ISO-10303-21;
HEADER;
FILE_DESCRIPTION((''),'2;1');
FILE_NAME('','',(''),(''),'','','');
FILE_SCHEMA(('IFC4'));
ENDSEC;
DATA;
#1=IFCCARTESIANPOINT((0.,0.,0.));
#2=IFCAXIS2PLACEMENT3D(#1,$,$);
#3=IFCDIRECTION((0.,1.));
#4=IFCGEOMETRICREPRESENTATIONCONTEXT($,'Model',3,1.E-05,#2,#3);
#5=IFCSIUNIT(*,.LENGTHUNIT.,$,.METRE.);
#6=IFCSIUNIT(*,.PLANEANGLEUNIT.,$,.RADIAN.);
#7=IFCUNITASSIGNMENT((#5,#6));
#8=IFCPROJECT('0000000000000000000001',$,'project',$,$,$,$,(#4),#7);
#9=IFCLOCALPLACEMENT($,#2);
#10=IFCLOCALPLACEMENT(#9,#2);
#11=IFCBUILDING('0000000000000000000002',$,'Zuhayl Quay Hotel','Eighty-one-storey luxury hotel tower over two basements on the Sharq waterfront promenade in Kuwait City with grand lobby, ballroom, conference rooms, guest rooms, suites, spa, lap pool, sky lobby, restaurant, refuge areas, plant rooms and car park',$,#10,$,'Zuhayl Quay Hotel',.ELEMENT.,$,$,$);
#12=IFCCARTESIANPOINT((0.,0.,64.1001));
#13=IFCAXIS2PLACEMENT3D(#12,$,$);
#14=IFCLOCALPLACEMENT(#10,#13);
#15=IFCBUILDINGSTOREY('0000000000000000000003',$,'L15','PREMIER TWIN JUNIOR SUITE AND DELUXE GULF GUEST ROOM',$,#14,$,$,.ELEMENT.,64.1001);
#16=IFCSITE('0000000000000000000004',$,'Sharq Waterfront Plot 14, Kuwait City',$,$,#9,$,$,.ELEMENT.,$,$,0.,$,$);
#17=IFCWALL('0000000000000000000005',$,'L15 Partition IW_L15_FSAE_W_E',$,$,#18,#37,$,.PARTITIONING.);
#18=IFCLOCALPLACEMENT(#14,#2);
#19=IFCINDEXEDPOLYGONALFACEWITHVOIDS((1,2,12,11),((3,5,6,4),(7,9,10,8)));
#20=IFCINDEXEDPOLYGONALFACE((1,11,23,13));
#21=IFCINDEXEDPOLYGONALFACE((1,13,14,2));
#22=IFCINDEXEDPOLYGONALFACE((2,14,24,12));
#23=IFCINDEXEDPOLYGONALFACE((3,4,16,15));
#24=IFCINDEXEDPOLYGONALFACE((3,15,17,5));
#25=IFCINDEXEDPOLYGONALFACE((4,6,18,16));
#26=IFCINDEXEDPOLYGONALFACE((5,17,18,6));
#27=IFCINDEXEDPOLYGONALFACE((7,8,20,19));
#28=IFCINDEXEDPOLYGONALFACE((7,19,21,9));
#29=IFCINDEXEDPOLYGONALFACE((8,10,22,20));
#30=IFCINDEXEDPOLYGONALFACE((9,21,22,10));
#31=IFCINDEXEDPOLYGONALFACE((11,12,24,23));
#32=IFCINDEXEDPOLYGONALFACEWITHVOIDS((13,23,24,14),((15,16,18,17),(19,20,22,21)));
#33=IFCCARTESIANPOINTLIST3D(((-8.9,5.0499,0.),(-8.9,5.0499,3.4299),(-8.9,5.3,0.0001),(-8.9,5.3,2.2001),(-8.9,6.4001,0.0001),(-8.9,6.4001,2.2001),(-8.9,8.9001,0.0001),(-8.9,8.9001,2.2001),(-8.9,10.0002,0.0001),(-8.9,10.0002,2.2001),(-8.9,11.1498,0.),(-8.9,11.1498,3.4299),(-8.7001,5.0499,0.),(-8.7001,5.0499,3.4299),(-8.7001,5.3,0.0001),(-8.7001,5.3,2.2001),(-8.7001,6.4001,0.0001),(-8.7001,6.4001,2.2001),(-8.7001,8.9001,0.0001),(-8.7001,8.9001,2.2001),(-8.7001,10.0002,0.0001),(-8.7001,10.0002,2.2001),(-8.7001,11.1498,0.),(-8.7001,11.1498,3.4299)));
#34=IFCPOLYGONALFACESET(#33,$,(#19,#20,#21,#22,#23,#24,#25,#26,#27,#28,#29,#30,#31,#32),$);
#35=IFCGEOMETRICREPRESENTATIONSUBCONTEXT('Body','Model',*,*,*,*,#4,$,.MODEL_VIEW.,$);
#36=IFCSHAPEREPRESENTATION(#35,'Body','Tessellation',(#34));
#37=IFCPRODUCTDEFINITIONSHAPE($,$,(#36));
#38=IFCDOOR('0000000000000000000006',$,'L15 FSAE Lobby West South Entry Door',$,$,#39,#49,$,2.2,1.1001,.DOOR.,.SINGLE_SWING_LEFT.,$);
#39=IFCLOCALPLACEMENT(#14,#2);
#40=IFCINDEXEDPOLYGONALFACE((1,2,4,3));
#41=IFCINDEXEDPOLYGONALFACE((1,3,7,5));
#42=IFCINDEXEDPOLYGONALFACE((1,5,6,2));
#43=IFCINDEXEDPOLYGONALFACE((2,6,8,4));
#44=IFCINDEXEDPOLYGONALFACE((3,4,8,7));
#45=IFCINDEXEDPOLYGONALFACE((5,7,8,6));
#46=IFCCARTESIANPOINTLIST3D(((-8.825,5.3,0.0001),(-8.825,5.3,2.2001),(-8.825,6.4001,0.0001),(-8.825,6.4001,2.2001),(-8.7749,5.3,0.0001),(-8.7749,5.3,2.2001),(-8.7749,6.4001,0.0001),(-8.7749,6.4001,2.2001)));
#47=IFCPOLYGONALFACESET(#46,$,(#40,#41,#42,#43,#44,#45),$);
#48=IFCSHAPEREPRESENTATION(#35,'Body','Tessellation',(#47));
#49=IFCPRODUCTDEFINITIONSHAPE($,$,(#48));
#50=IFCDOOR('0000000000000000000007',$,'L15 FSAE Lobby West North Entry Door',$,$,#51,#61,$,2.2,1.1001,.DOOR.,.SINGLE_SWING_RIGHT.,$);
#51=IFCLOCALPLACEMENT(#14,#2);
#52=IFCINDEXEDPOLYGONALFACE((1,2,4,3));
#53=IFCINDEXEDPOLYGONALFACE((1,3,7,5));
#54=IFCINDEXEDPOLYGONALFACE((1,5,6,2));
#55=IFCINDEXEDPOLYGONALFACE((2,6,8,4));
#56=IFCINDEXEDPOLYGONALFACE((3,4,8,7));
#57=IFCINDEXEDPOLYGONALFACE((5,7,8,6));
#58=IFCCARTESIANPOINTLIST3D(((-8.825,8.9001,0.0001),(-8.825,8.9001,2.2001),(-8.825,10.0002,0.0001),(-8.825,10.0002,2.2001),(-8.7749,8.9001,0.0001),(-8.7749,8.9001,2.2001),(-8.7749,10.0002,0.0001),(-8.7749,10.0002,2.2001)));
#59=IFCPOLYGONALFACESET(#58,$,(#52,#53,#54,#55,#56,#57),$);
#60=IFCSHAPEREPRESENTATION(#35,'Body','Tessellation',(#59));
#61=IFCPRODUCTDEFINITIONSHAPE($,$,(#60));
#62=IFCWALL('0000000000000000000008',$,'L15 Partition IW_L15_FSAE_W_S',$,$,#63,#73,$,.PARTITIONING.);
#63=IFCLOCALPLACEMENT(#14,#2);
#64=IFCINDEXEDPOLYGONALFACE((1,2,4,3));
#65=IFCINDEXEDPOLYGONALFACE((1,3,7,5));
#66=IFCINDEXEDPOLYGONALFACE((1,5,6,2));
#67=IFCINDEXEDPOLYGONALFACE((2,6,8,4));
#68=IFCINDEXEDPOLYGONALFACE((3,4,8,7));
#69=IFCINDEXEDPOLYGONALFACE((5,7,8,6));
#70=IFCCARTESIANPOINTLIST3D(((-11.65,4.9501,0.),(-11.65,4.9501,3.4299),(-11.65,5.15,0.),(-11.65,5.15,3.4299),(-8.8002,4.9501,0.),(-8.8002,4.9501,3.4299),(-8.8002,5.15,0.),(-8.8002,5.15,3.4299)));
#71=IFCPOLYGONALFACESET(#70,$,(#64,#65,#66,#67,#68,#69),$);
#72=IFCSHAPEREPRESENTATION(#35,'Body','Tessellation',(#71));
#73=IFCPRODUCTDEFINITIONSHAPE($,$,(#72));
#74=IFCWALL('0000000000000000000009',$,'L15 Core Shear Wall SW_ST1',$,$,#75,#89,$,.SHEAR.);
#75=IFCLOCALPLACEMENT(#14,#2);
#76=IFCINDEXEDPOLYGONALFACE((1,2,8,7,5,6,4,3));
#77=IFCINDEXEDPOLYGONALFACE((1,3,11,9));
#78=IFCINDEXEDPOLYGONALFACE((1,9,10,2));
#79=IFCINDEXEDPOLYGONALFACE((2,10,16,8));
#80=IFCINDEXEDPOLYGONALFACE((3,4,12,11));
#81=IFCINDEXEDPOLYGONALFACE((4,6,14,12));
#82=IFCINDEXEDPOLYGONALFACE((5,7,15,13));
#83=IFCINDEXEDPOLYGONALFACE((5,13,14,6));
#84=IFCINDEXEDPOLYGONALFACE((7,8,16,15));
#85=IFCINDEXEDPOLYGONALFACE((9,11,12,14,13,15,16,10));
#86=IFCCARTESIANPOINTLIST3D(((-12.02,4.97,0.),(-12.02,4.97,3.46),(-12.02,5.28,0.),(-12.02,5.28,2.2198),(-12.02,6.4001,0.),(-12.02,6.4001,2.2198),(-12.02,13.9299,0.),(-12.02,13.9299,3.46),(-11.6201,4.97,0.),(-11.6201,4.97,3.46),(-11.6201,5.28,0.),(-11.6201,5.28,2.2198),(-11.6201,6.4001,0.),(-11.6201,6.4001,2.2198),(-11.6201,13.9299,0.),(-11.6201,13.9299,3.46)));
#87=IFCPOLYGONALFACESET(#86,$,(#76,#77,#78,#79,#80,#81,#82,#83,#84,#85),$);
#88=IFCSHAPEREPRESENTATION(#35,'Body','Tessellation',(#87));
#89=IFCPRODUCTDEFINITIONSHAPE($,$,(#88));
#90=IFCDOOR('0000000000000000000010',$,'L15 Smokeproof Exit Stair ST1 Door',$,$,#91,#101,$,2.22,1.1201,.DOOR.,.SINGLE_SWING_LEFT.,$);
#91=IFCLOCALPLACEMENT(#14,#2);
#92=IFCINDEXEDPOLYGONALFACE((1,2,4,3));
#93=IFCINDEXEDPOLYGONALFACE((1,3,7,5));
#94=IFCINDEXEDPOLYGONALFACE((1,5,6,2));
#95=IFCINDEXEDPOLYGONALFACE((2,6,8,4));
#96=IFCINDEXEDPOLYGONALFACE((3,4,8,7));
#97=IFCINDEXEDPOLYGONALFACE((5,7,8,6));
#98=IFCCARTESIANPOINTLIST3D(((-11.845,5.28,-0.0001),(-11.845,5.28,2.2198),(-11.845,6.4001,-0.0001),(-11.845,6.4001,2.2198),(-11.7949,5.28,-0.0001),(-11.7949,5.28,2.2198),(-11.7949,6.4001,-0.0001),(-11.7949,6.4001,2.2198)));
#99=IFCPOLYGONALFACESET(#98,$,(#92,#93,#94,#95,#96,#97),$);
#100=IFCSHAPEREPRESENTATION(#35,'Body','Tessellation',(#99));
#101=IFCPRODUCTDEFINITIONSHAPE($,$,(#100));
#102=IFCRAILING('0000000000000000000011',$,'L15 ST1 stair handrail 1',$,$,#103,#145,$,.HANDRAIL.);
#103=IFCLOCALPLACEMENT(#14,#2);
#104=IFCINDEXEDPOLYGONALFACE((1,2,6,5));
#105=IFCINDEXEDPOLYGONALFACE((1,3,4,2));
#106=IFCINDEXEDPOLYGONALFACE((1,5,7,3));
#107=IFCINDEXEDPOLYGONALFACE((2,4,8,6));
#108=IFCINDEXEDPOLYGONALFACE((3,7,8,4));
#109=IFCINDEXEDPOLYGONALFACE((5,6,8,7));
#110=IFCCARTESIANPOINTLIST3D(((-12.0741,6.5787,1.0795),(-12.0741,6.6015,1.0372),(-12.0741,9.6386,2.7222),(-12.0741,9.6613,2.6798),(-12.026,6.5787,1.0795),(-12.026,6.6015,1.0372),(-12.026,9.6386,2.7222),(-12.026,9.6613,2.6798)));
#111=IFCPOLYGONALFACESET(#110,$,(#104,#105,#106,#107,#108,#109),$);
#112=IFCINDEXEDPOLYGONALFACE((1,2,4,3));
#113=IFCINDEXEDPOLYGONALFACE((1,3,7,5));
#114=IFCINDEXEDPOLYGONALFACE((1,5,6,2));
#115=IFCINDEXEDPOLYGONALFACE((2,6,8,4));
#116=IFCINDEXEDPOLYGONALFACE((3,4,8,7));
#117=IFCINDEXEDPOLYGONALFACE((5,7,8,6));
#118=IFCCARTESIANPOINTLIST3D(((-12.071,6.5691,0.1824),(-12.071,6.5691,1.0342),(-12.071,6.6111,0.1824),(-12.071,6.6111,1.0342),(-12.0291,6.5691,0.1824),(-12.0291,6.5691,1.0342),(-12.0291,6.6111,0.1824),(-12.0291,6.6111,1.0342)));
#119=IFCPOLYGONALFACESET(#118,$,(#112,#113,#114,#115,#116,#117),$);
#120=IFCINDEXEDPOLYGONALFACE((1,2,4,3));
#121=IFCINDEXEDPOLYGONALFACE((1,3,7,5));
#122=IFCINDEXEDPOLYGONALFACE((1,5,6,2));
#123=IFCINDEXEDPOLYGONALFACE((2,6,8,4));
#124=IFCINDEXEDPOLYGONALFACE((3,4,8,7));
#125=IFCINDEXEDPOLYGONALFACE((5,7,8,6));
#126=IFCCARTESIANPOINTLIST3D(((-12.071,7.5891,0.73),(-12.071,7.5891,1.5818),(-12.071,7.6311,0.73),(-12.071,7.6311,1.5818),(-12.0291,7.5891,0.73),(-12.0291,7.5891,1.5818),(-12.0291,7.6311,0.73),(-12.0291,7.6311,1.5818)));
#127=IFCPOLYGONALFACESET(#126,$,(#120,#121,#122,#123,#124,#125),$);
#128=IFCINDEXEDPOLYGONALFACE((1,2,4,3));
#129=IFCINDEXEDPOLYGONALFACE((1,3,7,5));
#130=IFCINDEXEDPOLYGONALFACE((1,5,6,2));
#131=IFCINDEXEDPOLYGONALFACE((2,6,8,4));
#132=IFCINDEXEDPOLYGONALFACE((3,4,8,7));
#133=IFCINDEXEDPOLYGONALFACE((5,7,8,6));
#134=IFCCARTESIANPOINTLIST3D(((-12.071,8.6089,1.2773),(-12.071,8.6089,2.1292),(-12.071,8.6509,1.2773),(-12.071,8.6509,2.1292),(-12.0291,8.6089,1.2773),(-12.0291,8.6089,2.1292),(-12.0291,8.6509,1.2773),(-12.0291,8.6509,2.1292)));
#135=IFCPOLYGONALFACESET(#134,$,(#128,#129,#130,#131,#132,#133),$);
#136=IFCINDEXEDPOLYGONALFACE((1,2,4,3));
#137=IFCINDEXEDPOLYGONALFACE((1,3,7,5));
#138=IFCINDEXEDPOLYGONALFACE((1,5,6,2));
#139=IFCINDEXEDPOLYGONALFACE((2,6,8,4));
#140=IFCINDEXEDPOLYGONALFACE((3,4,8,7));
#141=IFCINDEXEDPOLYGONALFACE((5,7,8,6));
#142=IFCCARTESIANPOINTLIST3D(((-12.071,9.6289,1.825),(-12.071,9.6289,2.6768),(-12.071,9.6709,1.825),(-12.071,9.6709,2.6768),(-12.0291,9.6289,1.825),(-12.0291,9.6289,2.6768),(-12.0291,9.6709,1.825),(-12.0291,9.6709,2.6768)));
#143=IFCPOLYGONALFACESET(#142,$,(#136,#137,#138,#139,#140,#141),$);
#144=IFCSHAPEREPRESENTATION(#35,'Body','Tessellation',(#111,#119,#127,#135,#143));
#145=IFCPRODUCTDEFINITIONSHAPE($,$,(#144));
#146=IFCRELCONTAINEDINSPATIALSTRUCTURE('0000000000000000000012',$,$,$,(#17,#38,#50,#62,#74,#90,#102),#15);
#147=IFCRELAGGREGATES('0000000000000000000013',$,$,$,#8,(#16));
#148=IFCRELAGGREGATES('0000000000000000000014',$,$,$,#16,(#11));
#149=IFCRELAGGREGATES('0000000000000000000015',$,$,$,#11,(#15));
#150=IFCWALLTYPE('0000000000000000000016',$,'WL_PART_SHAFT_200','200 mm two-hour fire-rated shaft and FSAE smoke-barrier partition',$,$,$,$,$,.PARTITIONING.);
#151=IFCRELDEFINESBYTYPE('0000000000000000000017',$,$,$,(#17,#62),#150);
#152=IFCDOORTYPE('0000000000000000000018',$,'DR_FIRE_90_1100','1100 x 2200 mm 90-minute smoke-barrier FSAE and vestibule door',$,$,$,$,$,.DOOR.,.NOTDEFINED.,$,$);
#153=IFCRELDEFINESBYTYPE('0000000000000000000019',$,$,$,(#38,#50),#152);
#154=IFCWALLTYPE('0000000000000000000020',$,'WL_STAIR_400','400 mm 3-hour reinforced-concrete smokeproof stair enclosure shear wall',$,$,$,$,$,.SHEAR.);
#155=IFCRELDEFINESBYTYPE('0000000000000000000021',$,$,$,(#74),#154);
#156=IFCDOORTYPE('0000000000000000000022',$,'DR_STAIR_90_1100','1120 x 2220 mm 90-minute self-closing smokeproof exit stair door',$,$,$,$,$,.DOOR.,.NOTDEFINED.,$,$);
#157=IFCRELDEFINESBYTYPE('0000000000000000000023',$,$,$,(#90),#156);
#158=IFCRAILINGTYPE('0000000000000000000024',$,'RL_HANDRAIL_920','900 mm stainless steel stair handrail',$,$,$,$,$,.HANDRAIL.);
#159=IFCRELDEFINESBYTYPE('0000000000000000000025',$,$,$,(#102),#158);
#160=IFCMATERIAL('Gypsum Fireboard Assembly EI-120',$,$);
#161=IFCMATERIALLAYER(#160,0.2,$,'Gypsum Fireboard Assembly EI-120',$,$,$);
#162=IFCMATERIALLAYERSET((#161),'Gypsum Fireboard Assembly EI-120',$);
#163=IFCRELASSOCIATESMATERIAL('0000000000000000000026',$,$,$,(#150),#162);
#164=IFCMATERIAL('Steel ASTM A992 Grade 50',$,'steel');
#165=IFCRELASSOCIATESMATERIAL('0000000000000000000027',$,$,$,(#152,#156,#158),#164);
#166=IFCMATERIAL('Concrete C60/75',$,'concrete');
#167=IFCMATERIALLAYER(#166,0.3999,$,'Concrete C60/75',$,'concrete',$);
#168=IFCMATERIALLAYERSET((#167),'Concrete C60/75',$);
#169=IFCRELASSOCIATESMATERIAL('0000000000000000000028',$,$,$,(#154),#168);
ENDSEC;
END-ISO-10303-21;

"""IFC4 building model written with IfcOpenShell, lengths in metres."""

from ifc_helpers import new_model, si_unit, direction, frame, frame_2d, origin, origin_2d, place, context, subcontext, project, spatial, rectangle, extrude, material, layer, layer_set, type_object, element, fill, save


model = new_model("IFC4")

# Units and contexts
model_context = context("Model", 3, precision=1e-05, world=origin(), true_north=direction((0.0, 1.0)))
body_context = subcontext(model_context, "Body", "Model", "MODEL_VIEW")
ifc_project = project(units=[si_unit("LENGTHUNIT", "METRE"), si_unit("PLANEANGLEUNIT", "RADIAN")], contexts=[model_context])

# Site, building, storey
site_placement = place(None, origin())
site = spatial("IfcSite", under=ifc_project, at=site_placement, Name="Sharq Waterfront Plot 14, Kuwait City", CompositionType="ELEMENT", RefElevation=0.0)
building_placement = place(site_placement, origin())
building = spatial("IfcBuilding", under=site, at=building_placement, Name="Zuhayl Quay Hotel", Description="Eighty-one-storey luxury hotel tower over two basements on the Sharq waterfront promenade in Kuwait City with grand lobby, ballroom, conference rooms, guest rooms, suites, spa, lap pool, sky lobby, restaurant, refuge areas, plant rooms and car park", LongName="Zuhayl Quay Hotel", CompositionType="ELEMENT")
storey_placement = place(building_placement, frame((0.0, 0.0, 64.1001)))
storey = spatial("IfcBuildingStorey", under=building, at=storey_placement, Name="L15", Description="PREMIER TWIN JUNIOR SUITE AND DELUXE GULF GUEST ROOM", CompositionType="ELEMENT", Elevation=64.1001)

# Shared definitions
ifc_material_1 = material(Name="Steel ASTM A992 Grade 50", Category="steel")

# Wall, openings, doors
ifc_material_2 = material(Name="Gypsum Fireboard Assembly EI-120")
ifc_layer_1 = layer(ifc_material_2, 0.2, Name="Gypsum Fireboard Assembly EI-120")
ifc_layer_set_1 = layer_set([ifc_layer_1], Name="Gypsum Fireboard Assembly EI-120")
wall_type_1 = type_object("IfcWallType", Name="WL_PART_SHAFT_200", Description="200 mm two-hour fire-rated shaft and FSAE smoke-barrier partition", PredefinedType="PARTITIONING", material=ifc_layer_set_1)
wall_1_placement = place(storey_placement, frame((-8.8, 5.05, 0.0), z_axis=(0.0, 0.0, 1.0), x_axis=(0.0, 1.0, 0.0)))
wall_1 = element("IfcWall", 1, at=wall_1_placement, inside=storey, type_object=wall_type_1, Name="L15 Partition IW_L15_FSAE_W_E", PredefinedType="PARTITIONING", context=body_context, shape_type="SweptSolid", body=[
    extrude(rectangle(XDim=6.0999, YDim=0.2, at=frame_2d((3.0498, 0.0))), origin(), (0.0, 0.0, 1.0), 3.4299),
])
opening_1_placement = place(wall_1_placement, frame((0.25, 0.0, 0.0)))
opening_1 = element("IfcOpeningElement", 2, at=opening_1_placement, cuts=wall_1, PredefinedType="OPENING", context=body_context, shape_type="SweptSolid", body=[
    extrude(rectangle(XDim=1.1001, YDim=2.2, at=frame_2d((0.55, 1.1001))), frame((0.0, 0.1099, 0.0), z_axis=(0.0, -1.0, 0.0), x_axis=(1.0, 0.0, 0.0)), (0.0, 0.0, 1.0), 0.22),
])
opening_2_placement = place(wall_1_placement, frame((3.8501, 0.0, 0.0)))
opening_2 = element("IfcOpeningElement", 3, at=opening_2_placement, cuts=wall_1, PredefinedType="OPENING", context=body_context, shape_type="SweptSolid", body=[
    extrude(rectangle(XDim=1.1001, YDim=2.2, at=frame_2d((0.55, 1.1001))), frame((0.0, 0.1099, 0.0), z_axis=(0.0, -1.0, 0.0), x_axis=(1.0, 0.0, 0.0)), (0.0, 0.0, 1.0), 0.22),
])
door_type_1 = type_object("IfcDoorType", Name="DR_FIRE_90_1100", Description="1100 x 2200 mm 90-minute smoke-barrier FSAE and vestibule door", OperationType="NOTDEFINED", PredefinedType="DOOR", material=ifc_material_1)
door_1_placement = place(opening_1_placement, origin())
door_1 = element("IfcDoor", 4, at=door_1_placement, inside=storey, type_object=door_type_1, Name="L15 FSAE Lobby West South Entry Door", OperationType="SINGLE_SWING_LEFT", OverallHeight=2.2, OverallWidth=1.1001, PredefinedType="DOOR", context=body_context, shape_type="SweptSolid", body=[
    extrude(rectangle(XDim=1.1001, YDim=2.2, at=frame_2d((0.55, 1.1001))), frame((0.0, 0.0249, 0.0), z_axis=(0.0, -1.0, 0.0), x_axis=(1.0, 0.0, 0.0)), (0.0, 0.0, 1.0), 0.05),
])
fill(opening_1, door_1)
door_2_placement = place(opening_2_placement, origin())
door_2 = element("IfcDoor", 5, at=door_2_placement, inside=storey, type_object=door_type_1, Name="L15 FSAE Lobby West North Entry Door", OperationType="SINGLE_SWING_RIGHT", OverallHeight=2.2, OverallWidth=1.1001, PredefinedType="DOOR", context=body_context, shape_type="SweptSolid", body=[
    extrude(rectangle(XDim=1.1001, YDim=2.2, at=frame_2d((0.55, 1.1001))), frame((0.0, 0.0249, 0.0), z_axis=(0.0, -1.0, 0.0), x_axis=(1.0, 0.0, 0.0)), (0.0, 0.0, 1.0), 0.05),
])
fill(opening_2, door_2)

# Wall
wall_2_placement = place(storey_placement, frame((-11.6499, 5.05, 0.0), z_axis=(0.0, 0.0, 1.0), x_axis=(1.0, 0.0, 0.0)))
element("IfcWall", 6, at=wall_2_placement, inside=storey, type_object=wall_type_1, Name="L15 Partition IW_L15_FSAE_W_S", PredefinedType="PARTITIONING", context=body_context, shape_type="SweptSolid", body=[
    extrude(rectangle(XDim=2.8499, YDim=0.2, at=frame_2d((1.4248, 0.0))), origin(), (0.0, 0.0, 1.0), 3.4299),
])

# Wall, opening, door
ifc_material_3 = material(Name="Concrete C60/75", Category="concrete")
ifc_layer_2 = layer(ifc_material_3, 0.3999, Name="Concrete C60/75", Category="concrete")
ifc_layer_set_2 = layer_set([ifc_layer_2], Name="Concrete C60/75")
wall_type_2 = type_object("IfcWallType", Name="WL_STAIR_400", Description="400 mm 3-hour reinforced-concrete smokeproof stair enclosure shear wall", PredefinedType="SHEAR", material=ifc_layer_set_2)
wall_3_placement = place(storey_placement, frame((-11.8201, 4.97, 0.0), z_axis=(0.0, 0.0, 1.0), x_axis=(0.0, 1.0, 0.0)))
wall_3 = element("IfcWall", 7, at=wall_3_placement, inside=storey, type_object=wall_type_2, Name="L15 Core Shear Wall SW_ST1", PredefinedType="SHEAR", context=body_context, shape_type="SweptSolid", body=[
    extrude(rectangle(XDim=8.96, YDim=0.3999, at=frame_2d((4.48, 0.0))), origin(), (0.0, 0.0, 1.0), 3.46),
])
opening_3_placement = place(wall_3_placement, frame((0.3101, 0.0, 0.0)))
opening_3 = element("IfcOpeningElement", 8, at=opening_3_placement, cuts=wall_3, PredefinedType="OPENING", context=body_context, shape_type="SweptSolid", body=[
    extrude(rectangle(XDim=1.1201, YDim=2.22, at=frame_2d((0.5601, 1.1099))), frame((0.0, 0.21, 0.0), z_axis=(0.0, -1.0, 0.0), x_axis=(1.0, 0.0, 0.0)), (0.0, 0.0, 1.0), 0.4199),
])
door_type_2 = type_object("IfcDoorType", Name="DR_STAIR_90_1100", Description="1120 x 2220 mm 90-minute self-closing smokeproof exit stair door", OperationType="NOTDEFINED", PredefinedType="DOOR", material=ifc_material_1)
door_3_placement = place(opening_3_placement, origin())
door_3 = element("IfcDoor", 9, at=door_3_placement, inside=storey, type_object=door_type_2, Name="L15 Smokeproof Exit Stair ST1 Door", OperationType="SINGLE_SWING_LEFT", OverallHeight=2.22, OverallWidth=1.1201, PredefinedType="DOOR", context=body_context, shape_type="SweptSolid", body=[
    extrude(rectangle(XDim=1.1201, YDim=2.22, at=frame_2d((0.5601, 1.1099))), frame((0.0, 0.0249, 0.0), z_axis=(0.0, -1.0, 0.0), x_axis=(1.0, 0.0, 0.0)), (0.0, 0.0, 1.0), 0.05),
])
fill(opening_3, door_3)

# Railing
railing_type = type_object("IfcRailingType", Name="RL_HANDRAIL_920", Description="900 mm stainless steel stair handrail", PredefinedType="HANDRAIL", material=ifc_material_1)
railing_placement = place(storey_placement, frame((-12.05, 6.5901, 0.1824)))
element("IfcRailing", 10, at=railing_placement, inside=storey, type_object=railing_type, Name="L15 ST1 stair handrail 1", PredefinedType="HANDRAIL", context=body_context, shape_type="SweptSolid", body=[
    extrude(rectangle(XDim=0.0481, YDim=0.0481, at=origin_2d()), frame((0.0, 0.0, 0.876), z_axis=(0.0, 0.881073, 0.47298), x_axis=(-1.0, 0.0, 0.0)), (0.0, 0.0, 1.0), 3.4729),
    extrude(rectangle(XDim=0.042, YDim=0.042, at=origin_2d()), origin(), (0.0, 0.0, 1.0), 0.8518),
    extrude(rectangle(XDim=0.042, YDim=0.042, at=origin_2d()), frame((0.0, 1.02, 0.5476)), (0.0, 0.0, 1.0), 0.8518),
    extrude(rectangle(XDim=0.042, YDim=0.042, at=origin_2d()), frame((0.0, 2.0398, 1.095)), (0.0, 0.0, 1.0), 0.8518),
    extrude(rectangle(XDim=0.042, YDim=0.042, at=origin_2d()), frame((0.0, 3.0598, 1.6426)), (0.0, 0.0, 1.0), 0.8518),
])

save(model, "model.ifc")
